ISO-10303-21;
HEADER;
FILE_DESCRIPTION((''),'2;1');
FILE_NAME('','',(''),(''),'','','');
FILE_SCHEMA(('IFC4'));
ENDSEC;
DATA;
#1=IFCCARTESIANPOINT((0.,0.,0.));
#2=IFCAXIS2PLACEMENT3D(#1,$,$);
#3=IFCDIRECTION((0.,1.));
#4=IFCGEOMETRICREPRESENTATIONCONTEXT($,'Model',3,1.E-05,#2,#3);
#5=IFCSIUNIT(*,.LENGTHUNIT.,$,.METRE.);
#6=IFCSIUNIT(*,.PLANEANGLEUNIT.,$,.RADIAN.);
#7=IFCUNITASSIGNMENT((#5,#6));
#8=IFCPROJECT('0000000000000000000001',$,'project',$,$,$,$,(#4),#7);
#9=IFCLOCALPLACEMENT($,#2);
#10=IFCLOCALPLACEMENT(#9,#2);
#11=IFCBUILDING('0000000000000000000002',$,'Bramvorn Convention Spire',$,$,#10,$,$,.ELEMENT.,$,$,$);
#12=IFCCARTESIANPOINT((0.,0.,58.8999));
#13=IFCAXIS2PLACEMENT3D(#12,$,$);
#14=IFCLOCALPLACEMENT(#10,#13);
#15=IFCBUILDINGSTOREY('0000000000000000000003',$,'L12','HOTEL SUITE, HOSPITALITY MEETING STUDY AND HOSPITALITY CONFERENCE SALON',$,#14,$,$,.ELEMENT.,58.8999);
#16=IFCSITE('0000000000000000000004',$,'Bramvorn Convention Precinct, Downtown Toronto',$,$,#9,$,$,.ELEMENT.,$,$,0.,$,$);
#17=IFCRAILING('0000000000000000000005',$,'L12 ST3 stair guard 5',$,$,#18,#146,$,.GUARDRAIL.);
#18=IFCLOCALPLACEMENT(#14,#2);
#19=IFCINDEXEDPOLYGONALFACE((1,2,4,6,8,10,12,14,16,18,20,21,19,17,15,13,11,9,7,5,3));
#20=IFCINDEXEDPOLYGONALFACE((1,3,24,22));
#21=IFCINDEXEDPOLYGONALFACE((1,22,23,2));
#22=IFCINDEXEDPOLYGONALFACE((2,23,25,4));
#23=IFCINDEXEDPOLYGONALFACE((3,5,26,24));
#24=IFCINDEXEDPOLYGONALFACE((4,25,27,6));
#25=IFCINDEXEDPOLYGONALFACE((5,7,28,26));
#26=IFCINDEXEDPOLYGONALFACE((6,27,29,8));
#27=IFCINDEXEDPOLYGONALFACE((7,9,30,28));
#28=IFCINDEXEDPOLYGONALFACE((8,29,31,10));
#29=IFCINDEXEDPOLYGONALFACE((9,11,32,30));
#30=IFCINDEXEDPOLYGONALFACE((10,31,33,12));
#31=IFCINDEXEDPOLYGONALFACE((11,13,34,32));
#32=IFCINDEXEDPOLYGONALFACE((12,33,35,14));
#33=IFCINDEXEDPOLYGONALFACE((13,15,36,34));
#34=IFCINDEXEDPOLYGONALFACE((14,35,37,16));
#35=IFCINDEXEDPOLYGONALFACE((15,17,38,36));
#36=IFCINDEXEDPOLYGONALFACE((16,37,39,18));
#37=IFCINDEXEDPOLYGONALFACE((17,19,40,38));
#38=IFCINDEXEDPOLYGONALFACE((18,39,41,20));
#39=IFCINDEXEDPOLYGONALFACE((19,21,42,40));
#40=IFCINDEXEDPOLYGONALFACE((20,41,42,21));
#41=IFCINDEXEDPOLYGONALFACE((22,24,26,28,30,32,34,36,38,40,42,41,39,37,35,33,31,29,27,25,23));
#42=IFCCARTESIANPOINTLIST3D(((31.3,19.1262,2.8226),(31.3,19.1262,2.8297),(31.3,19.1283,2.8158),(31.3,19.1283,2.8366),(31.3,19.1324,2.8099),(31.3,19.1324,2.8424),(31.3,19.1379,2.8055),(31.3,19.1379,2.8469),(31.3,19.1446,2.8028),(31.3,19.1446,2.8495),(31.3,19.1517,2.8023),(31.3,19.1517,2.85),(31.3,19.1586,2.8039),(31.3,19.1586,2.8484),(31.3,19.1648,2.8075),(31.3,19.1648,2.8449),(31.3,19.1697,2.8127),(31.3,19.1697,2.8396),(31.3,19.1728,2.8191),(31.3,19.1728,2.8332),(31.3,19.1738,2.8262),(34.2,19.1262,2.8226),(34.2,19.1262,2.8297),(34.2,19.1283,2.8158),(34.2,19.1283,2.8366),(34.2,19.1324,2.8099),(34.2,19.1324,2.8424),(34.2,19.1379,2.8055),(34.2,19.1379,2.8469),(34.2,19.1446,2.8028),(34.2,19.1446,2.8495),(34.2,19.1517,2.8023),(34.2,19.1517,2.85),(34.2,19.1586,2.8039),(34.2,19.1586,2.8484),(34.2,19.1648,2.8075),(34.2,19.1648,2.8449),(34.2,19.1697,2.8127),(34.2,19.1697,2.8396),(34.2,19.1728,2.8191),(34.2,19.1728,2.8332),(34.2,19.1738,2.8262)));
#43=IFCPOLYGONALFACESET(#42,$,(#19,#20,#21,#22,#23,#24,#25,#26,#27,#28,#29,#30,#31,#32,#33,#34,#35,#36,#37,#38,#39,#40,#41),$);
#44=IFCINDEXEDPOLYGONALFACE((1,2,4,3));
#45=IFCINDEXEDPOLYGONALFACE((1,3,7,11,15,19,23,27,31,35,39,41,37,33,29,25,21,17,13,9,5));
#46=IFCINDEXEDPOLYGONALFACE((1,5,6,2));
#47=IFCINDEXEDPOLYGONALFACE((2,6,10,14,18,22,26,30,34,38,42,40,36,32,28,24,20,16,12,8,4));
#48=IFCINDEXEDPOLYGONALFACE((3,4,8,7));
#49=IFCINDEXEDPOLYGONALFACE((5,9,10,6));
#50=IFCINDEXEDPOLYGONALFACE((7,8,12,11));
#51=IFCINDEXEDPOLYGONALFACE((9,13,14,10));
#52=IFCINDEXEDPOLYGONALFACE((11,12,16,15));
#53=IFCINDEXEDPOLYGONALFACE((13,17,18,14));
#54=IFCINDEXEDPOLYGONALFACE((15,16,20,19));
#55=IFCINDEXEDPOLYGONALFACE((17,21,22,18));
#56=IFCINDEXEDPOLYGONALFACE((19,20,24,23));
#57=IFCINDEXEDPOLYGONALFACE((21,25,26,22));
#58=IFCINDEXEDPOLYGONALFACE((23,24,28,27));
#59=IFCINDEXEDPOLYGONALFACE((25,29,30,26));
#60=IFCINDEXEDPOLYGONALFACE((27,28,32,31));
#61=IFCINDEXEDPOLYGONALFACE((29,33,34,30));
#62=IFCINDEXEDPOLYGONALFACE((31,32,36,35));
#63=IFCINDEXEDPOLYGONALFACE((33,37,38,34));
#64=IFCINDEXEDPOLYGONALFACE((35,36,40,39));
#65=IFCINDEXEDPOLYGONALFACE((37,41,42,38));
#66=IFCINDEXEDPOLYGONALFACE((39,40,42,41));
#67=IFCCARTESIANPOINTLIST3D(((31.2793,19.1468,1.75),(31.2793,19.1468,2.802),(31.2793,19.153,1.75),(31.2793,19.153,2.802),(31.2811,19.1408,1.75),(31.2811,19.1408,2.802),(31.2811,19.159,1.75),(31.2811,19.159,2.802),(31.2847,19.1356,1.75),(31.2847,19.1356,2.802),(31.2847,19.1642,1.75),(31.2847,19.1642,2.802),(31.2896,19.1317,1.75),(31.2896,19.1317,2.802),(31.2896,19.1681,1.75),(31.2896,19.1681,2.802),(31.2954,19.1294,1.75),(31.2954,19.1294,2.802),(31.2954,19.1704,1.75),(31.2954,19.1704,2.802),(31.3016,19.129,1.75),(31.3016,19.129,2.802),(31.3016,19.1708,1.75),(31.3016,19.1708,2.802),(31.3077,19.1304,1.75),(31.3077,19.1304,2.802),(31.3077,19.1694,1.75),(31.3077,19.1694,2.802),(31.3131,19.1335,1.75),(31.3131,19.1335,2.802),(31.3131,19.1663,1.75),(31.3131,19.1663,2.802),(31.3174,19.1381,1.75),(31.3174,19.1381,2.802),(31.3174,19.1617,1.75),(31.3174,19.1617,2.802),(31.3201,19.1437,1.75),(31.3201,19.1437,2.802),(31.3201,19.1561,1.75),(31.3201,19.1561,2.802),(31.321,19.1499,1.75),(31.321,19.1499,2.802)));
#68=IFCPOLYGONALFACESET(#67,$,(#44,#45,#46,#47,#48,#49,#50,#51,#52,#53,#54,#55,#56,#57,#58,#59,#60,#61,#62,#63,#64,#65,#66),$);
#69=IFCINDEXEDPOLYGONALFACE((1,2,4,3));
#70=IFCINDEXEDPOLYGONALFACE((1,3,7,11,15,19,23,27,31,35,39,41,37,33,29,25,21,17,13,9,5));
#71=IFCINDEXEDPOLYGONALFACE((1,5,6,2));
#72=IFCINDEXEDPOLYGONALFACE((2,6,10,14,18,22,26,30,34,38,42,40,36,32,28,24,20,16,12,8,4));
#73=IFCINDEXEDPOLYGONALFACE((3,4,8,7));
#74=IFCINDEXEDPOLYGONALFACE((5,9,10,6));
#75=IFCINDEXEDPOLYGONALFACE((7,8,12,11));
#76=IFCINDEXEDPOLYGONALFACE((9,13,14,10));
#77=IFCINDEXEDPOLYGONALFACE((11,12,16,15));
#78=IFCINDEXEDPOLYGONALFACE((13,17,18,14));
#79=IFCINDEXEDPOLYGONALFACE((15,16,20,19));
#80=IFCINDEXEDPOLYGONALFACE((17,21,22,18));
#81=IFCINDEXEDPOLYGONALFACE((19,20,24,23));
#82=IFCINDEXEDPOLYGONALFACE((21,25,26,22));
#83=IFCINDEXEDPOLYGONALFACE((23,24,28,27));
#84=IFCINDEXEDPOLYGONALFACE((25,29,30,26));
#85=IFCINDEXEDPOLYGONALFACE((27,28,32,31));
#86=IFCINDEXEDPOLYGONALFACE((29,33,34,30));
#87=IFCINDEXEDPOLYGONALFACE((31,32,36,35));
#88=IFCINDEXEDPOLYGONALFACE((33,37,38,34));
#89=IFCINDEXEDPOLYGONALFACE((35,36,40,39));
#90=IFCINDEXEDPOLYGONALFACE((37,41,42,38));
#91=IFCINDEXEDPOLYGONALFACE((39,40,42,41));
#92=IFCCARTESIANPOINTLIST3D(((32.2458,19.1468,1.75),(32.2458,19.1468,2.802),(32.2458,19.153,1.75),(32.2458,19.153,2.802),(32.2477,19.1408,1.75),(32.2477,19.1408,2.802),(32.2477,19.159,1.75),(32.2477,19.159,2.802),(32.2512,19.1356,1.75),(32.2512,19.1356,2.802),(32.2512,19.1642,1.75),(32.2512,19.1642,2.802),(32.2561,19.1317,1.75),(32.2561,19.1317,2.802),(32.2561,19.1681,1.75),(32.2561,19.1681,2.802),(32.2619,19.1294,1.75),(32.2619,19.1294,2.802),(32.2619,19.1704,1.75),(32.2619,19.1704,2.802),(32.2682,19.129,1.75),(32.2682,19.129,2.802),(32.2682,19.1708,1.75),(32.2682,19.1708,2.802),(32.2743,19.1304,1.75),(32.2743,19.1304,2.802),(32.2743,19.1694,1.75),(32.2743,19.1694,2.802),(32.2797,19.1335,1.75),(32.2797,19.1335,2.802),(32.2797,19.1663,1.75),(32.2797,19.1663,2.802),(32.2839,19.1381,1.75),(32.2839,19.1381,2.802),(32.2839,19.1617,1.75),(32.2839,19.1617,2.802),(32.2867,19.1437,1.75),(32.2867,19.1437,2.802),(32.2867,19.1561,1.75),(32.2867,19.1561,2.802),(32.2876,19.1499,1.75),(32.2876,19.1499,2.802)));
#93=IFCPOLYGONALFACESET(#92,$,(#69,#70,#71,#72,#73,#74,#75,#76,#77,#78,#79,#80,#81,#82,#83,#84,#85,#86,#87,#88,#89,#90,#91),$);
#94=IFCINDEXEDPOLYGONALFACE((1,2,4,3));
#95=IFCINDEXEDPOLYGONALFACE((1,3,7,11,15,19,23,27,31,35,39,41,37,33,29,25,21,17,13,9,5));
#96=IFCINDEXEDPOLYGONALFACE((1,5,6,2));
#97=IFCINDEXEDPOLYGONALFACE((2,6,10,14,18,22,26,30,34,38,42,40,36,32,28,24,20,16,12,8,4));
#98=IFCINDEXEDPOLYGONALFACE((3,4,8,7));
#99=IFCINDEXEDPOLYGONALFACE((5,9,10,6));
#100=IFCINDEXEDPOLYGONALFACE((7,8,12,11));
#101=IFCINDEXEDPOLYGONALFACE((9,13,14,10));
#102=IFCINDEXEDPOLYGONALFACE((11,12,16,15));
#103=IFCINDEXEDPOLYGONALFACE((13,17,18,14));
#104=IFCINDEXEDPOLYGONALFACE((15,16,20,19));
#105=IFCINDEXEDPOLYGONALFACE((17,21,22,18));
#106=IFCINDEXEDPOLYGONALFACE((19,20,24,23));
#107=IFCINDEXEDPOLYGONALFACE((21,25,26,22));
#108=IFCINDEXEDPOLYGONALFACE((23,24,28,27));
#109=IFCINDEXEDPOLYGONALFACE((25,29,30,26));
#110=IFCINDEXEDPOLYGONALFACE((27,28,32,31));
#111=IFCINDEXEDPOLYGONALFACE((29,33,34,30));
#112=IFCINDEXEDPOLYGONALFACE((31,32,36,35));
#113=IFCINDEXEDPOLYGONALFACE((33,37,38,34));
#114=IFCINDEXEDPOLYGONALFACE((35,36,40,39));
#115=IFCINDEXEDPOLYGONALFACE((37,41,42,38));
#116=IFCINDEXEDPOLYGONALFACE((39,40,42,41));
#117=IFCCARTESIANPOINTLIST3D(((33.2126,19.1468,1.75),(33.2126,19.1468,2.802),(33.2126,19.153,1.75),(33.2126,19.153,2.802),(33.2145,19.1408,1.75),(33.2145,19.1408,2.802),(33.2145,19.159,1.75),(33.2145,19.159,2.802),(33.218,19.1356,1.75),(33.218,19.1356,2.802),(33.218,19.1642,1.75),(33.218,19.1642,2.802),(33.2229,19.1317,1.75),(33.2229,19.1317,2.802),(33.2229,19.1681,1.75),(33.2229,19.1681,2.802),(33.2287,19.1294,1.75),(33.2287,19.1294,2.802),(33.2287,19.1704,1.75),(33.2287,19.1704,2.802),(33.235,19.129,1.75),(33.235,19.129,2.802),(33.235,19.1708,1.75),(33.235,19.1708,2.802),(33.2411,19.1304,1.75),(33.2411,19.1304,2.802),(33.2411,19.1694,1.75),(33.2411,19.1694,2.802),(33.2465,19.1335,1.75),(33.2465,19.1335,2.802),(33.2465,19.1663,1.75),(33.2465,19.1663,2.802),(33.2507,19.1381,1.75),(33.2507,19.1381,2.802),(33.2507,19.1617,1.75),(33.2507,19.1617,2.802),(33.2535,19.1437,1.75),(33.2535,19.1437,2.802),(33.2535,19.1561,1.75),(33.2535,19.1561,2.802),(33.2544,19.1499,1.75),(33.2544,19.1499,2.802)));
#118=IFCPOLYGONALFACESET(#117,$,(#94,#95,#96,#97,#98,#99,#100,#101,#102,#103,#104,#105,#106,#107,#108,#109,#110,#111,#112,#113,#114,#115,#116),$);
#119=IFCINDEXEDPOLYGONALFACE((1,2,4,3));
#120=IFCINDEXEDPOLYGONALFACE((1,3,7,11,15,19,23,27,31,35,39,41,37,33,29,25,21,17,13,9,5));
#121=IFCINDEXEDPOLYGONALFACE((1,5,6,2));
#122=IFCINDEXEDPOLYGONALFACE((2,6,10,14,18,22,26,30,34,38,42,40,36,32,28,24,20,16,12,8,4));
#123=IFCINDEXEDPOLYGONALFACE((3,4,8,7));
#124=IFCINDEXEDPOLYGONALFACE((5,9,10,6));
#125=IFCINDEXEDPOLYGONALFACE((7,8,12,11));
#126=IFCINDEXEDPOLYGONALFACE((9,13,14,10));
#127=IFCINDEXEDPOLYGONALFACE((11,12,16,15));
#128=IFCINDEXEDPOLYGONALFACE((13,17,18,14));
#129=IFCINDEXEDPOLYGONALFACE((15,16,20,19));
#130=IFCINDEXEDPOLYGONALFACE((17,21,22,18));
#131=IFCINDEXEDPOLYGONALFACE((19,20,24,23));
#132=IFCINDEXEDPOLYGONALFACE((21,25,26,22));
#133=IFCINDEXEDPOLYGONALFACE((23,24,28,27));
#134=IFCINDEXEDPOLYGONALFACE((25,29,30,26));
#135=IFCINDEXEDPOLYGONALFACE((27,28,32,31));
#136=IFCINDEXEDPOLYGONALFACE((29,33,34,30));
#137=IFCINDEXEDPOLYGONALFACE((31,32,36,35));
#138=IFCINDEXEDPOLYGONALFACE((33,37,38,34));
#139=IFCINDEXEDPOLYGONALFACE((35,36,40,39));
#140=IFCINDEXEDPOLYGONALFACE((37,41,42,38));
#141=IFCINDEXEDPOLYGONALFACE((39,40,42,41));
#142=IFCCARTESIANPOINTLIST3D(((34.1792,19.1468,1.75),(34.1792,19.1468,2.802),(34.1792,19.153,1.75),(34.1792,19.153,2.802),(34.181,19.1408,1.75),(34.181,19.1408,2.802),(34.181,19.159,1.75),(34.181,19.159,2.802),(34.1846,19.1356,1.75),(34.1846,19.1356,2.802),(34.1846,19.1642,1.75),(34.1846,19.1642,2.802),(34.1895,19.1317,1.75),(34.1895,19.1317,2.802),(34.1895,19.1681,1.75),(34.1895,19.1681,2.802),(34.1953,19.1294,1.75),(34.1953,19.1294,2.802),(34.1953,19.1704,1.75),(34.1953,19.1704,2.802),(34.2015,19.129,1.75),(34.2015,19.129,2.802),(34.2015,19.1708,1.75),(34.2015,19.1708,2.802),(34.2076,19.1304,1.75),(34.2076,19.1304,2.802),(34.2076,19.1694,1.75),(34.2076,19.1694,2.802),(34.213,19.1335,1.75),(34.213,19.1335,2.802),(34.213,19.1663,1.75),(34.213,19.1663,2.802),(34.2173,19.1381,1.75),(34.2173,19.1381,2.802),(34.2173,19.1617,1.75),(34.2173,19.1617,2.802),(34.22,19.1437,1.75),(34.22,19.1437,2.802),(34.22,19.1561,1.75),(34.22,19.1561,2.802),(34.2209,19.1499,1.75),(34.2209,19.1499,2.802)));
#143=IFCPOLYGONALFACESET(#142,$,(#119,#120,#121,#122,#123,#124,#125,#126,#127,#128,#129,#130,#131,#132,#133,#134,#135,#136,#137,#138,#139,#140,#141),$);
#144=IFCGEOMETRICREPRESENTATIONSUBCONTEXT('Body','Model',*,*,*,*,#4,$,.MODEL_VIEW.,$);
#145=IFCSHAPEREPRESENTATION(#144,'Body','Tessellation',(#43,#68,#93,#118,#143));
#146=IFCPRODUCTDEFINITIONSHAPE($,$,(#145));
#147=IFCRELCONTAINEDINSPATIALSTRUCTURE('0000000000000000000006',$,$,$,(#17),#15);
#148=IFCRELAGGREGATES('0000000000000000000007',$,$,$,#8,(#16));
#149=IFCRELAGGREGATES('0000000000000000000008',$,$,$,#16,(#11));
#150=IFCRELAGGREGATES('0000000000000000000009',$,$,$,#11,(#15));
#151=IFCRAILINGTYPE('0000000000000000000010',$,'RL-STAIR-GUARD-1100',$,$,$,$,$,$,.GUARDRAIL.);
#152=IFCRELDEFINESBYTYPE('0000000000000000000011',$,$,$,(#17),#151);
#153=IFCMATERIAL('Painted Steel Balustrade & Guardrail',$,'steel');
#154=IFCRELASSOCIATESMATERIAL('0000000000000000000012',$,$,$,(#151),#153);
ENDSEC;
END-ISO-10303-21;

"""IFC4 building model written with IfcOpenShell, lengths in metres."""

from ifc_helpers import new_model, si_unit, direction, frame, origin, origin_2d, place, context, subcontext, project, spatial, circle, extrude, material, type_object, element, save


model = new_model("IFC4")

# Units and contexts
model_context = context("Model", 3, precision=1e-05, world=origin(), true_north=direction((0.0, 1.0)))
body_context = subcontext(model_context, "Body", "Model", "MODEL_VIEW")
ifc_project = project(units=[si_unit("LENGTHUNIT", "METRE"), si_unit("PLANEANGLEUNIT", "RADIAN")], contexts=[model_context])

# Site, building, storey
site_placement = place(None, origin())
site = spatial("IfcSite", under=ifc_project, at=site_placement, Name="Bramvorn Convention Precinct, Downtown Toronto", CompositionType="ELEMENT", RefElevation=0.0)
building_placement = place(site_placement, origin())
building = spatial("IfcBuilding", under=site, at=building_placement, Name="Bramvorn Convention Spire", CompositionType="ELEMENT")
storey_placement = place(building_placement, frame((0.0, 0.0, 58.8999)))
storey = spatial("IfcBuildingStorey", under=building, at=storey_placement, Name="L12", Description="HOTEL SUITE, HOSPITALITY MEETING STUDY AND HOSPITALITY CONFERENCE SALON", CompositionType="ELEMENT", Elevation=58.8999)

# Railing
ifc_material_1 = material(Name="Painted Steel Balustrade & Guardrail", Category="steel")
railing_type_1 = type_object("IfcRailingType", Name="RL-STAIR-GUARD-1100", PredefinedType="GUARDRAIL", material=ifc_material_1)
railing_1_placement = place(storey_placement, frame((31.3, 19.1499, 1.75)))
element("IfcRailing", 1, at=railing_1_placement, inside=storey, type_object=railing_type_1, Name="L12 ST3 stair guard 5", PredefinedType="GUARDRAIL", context=body_context, shape_type="SweptSolid", body=[
    extrude(circle(Radius=0.0239, at=origin_2d()), frame((0.0, 0.0, 1.0762), z_axis=(1.0, 0.0, 0.0), x_axis=(0.0, 1.0, 0.0)), (0.0, 0.0, 1.0), 2.8999),
    extrude(circle(Radius=0.021, at=origin_2d()), origin(), (0.0, 0.0, 1.0), 1.052),
    extrude(circle(Radius=0.021, at=origin_2d()), frame((0.9666, 0.0, 0.0)), (0.0, 0.0, 1.0), 1.052),
    extrude(circle(Radius=0.021, at=origin_2d()), frame((1.9333, 0.0, 0.0)), (0.0, 0.0, 1.0), 1.052),
    extrude(circle(Radius=0.021, at=origin_2d()), frame((2.8999, 0.0, 0.0)), (0.0, 0.0, 1.0), 1.052),
])

save(model, "model.ifc")
